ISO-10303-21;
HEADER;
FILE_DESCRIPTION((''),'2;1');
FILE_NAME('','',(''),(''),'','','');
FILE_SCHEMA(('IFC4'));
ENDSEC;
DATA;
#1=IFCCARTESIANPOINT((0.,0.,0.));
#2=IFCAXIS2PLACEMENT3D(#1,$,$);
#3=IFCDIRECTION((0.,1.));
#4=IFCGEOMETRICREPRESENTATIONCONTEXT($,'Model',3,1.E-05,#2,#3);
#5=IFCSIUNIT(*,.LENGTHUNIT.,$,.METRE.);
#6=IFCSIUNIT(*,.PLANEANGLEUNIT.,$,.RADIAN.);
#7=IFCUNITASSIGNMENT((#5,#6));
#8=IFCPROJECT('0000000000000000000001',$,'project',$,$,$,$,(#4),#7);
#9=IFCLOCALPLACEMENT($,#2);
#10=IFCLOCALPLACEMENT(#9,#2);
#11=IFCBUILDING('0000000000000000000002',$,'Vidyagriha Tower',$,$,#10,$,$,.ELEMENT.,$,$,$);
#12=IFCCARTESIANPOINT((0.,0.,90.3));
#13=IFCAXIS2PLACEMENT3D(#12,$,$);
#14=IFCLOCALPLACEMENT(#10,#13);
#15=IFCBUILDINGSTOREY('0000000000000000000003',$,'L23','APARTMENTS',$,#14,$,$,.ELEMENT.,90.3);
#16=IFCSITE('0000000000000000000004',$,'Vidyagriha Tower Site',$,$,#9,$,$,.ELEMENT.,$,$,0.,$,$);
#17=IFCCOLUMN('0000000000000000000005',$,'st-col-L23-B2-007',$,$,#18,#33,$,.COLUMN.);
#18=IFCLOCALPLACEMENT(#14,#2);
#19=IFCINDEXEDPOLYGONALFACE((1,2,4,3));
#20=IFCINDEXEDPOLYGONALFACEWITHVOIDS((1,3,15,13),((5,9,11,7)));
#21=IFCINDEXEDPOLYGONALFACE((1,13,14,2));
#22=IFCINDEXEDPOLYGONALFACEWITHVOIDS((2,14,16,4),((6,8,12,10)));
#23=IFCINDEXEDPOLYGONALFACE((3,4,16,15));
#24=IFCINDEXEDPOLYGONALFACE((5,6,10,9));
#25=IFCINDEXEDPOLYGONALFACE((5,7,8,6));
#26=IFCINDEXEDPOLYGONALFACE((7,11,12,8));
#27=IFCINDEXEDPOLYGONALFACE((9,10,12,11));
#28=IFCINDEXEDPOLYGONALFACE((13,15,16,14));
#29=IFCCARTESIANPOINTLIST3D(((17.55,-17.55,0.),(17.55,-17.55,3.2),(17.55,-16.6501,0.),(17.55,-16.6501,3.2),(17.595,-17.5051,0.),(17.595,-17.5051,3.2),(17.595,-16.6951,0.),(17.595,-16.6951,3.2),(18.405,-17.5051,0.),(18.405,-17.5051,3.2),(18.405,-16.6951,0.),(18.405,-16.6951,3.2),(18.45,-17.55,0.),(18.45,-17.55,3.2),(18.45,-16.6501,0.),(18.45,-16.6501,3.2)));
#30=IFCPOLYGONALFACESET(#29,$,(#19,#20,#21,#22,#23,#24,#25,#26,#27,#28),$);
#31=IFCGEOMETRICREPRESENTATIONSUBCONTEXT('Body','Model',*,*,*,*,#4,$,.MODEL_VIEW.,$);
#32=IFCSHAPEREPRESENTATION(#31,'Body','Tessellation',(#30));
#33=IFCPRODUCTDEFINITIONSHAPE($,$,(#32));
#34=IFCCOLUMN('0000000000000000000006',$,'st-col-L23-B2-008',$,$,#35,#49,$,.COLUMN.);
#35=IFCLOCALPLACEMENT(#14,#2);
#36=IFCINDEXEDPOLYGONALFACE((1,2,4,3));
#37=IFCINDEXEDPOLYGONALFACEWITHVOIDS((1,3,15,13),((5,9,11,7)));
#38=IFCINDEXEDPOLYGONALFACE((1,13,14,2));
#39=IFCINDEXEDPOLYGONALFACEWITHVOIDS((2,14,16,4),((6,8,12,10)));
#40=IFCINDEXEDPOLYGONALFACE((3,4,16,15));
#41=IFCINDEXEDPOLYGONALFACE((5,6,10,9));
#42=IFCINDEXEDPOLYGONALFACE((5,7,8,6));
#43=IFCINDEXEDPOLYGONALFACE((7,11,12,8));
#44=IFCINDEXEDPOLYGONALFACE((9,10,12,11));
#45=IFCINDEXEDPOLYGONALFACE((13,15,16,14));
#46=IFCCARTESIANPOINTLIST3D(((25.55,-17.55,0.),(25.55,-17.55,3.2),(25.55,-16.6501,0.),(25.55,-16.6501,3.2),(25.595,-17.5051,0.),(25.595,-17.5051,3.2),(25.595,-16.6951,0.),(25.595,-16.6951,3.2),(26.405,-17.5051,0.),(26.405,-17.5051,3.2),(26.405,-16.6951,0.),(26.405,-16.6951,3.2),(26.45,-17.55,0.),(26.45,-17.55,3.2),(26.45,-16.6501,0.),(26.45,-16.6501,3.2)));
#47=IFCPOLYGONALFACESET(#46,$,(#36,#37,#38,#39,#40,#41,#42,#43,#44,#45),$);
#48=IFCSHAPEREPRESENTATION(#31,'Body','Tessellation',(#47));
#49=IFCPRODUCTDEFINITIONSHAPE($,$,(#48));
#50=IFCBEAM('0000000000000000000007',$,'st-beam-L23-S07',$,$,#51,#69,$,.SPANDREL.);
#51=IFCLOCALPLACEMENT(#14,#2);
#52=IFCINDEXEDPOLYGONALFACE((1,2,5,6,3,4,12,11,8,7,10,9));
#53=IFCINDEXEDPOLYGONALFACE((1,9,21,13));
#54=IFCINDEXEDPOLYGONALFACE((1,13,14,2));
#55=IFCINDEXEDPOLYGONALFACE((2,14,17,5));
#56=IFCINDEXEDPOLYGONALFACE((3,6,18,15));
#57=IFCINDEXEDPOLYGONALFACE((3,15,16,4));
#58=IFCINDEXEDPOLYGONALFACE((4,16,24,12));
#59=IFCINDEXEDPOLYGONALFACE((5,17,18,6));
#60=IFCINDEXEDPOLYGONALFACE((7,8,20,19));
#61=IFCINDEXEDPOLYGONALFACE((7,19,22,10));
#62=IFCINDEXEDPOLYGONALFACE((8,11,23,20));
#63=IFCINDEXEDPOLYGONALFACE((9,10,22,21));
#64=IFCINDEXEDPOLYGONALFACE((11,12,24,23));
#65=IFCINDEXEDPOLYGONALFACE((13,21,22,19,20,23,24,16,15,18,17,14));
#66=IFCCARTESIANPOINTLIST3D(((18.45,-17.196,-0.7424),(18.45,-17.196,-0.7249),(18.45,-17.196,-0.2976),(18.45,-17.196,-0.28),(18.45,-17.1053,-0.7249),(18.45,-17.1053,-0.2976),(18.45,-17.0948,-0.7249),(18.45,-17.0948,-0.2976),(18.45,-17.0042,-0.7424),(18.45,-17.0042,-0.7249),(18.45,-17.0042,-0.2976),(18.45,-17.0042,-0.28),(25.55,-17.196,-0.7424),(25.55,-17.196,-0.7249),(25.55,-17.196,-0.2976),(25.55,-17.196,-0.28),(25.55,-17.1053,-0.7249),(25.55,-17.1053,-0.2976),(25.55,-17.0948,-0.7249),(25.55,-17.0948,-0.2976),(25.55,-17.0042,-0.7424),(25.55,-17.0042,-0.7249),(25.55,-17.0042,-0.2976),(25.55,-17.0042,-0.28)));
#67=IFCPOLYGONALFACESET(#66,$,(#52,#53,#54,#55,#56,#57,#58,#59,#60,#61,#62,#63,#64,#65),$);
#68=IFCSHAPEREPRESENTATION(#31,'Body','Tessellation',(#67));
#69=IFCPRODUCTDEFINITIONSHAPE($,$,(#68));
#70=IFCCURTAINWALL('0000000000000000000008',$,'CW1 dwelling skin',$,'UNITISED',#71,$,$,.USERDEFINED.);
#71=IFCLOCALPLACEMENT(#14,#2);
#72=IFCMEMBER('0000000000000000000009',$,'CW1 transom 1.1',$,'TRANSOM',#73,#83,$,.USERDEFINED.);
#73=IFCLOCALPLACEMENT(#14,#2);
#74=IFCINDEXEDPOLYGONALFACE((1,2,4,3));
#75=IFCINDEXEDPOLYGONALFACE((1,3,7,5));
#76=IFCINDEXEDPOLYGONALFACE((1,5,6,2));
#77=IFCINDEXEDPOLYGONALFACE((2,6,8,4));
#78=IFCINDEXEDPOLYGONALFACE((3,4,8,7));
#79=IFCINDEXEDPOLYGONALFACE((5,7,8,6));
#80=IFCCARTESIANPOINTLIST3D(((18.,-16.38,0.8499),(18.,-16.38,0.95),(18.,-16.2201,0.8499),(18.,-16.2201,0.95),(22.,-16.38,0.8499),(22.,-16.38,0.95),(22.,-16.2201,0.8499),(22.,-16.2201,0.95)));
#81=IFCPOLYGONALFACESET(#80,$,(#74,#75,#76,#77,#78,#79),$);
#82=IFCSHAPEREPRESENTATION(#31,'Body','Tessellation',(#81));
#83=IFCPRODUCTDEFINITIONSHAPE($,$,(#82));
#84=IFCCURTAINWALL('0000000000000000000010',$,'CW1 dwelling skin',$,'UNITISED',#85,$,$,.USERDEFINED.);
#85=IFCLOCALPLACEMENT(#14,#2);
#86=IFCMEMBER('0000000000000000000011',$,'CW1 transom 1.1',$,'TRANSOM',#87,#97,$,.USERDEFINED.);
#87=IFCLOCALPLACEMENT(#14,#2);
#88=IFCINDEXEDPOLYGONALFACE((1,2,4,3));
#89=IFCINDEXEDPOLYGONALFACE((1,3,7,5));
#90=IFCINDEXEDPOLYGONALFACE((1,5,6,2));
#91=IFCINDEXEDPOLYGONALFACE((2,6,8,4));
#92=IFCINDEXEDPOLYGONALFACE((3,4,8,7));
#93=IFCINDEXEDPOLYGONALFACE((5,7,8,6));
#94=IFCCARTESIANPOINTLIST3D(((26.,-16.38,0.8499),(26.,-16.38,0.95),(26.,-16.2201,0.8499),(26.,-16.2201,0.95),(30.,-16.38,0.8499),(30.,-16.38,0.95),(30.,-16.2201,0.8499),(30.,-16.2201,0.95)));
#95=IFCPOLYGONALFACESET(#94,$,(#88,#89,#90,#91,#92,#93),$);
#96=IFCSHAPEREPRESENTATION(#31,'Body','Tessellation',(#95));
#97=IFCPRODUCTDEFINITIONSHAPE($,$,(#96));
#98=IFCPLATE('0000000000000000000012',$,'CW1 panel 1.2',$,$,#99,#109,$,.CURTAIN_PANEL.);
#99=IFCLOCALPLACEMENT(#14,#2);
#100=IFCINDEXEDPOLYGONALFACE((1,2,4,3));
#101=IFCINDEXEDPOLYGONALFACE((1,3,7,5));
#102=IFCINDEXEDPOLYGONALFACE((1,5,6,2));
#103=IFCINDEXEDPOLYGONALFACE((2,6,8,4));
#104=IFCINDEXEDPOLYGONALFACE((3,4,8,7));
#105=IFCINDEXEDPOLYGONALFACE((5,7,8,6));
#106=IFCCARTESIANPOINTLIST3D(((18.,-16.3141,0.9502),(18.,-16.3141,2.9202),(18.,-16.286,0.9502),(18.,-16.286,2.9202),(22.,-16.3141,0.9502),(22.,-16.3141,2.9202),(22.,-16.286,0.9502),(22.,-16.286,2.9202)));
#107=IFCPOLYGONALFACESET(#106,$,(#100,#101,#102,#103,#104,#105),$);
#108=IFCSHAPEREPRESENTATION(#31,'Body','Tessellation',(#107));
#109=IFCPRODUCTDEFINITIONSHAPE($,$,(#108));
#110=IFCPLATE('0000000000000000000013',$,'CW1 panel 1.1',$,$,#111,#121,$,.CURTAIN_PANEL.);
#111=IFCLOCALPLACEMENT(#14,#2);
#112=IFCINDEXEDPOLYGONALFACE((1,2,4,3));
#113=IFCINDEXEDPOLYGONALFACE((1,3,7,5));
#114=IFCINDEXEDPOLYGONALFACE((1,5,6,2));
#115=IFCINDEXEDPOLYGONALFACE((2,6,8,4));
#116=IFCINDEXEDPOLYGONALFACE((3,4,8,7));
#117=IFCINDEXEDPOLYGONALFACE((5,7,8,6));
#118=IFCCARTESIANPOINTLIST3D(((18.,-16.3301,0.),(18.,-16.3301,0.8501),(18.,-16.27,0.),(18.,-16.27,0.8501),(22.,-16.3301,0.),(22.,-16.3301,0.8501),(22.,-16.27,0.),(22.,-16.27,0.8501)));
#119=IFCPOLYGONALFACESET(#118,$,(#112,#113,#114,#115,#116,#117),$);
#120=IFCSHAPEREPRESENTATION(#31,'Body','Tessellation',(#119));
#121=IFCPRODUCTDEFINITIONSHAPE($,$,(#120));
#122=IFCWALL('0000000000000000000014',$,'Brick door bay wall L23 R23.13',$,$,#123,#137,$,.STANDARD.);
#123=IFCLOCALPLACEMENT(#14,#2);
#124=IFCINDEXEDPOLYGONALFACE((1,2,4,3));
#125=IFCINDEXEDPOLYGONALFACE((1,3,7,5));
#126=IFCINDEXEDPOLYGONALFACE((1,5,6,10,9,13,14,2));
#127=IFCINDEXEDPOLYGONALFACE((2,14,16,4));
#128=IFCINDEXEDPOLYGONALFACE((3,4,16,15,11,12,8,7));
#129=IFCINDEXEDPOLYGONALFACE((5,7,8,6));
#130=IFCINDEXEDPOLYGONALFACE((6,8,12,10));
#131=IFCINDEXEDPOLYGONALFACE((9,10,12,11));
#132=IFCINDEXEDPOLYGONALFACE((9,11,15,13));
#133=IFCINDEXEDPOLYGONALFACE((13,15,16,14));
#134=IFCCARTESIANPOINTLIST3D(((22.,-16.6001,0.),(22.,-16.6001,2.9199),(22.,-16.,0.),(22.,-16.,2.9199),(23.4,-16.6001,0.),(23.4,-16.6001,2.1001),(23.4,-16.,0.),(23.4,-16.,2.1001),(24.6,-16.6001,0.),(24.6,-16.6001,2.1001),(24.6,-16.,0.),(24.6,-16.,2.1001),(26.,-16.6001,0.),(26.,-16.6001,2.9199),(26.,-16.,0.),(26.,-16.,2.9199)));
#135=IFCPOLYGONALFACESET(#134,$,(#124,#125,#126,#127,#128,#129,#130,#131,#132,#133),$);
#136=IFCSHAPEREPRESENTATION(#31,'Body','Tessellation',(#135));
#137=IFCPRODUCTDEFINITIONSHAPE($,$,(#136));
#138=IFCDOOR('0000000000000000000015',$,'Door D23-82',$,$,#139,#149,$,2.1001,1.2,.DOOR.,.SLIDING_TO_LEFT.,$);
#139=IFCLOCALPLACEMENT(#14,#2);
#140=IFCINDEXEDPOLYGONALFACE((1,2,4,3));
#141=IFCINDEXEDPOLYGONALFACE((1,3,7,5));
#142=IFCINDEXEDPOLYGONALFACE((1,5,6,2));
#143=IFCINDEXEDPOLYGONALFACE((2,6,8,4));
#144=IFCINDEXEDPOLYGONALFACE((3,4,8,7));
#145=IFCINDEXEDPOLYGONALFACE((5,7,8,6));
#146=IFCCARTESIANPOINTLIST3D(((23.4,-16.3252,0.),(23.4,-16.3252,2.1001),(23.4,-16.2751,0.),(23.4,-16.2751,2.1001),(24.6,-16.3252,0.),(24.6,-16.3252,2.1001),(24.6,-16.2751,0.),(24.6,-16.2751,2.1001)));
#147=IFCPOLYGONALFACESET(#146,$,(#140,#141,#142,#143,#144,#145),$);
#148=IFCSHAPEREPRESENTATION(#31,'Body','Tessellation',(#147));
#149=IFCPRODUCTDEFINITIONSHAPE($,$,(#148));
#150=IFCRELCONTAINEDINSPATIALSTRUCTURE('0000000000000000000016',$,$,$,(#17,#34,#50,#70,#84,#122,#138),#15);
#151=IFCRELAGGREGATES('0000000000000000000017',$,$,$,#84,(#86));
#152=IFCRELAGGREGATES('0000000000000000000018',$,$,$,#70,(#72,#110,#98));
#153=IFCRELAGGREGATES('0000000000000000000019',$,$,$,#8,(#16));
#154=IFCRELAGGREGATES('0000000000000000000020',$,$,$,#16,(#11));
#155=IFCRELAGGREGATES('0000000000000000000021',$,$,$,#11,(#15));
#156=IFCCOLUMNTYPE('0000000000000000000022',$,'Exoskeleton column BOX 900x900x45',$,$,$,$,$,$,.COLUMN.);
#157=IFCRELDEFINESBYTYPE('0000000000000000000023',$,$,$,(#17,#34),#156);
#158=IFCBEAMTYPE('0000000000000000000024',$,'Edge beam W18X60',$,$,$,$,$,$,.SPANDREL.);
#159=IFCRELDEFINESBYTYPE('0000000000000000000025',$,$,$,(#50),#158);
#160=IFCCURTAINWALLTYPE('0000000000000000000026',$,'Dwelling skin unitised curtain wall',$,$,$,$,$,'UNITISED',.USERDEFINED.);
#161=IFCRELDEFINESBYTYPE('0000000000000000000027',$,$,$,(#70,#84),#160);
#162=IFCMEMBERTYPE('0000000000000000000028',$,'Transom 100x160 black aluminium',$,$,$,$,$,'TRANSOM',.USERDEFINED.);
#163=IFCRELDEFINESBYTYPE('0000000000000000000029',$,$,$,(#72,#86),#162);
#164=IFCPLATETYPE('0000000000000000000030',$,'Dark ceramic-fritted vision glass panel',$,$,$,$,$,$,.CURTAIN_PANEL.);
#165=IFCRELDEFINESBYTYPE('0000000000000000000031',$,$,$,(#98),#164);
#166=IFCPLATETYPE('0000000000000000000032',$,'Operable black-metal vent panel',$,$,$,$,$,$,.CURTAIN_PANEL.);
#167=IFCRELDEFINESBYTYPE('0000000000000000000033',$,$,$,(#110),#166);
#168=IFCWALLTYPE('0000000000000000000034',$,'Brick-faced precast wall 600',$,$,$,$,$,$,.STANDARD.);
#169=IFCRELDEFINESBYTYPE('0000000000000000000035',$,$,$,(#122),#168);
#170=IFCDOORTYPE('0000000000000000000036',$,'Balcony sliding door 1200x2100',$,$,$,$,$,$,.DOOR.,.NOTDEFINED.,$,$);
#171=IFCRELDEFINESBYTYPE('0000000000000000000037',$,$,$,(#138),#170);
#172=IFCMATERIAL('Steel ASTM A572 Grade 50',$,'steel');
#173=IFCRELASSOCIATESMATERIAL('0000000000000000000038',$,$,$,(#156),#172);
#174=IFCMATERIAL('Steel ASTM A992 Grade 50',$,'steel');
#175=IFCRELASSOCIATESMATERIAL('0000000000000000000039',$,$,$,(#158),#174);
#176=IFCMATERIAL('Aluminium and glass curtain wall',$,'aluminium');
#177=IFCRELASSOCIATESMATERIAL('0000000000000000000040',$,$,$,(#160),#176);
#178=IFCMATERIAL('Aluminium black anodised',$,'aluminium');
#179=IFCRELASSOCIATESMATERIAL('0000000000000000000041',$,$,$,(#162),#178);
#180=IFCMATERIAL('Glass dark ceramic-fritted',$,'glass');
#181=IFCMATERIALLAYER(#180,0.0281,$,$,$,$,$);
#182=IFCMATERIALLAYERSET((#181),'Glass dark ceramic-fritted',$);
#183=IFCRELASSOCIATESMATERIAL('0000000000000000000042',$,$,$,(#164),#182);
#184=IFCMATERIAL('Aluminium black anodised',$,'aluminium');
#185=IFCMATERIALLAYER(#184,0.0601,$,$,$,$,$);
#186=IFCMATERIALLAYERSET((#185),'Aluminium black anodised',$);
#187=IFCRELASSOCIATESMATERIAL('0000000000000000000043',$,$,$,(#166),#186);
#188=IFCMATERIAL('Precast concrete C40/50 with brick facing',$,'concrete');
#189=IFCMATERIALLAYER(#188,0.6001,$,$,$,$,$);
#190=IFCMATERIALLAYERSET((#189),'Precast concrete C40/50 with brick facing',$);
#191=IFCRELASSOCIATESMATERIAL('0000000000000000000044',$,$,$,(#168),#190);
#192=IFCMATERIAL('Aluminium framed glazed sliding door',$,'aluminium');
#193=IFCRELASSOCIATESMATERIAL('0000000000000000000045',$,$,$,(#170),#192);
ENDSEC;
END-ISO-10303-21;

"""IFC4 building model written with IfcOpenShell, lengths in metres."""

from ifc_helpers import new_model, si_unit, direction, frame, frame_2d, origin, origin_2d, place, context, subcontext, project, spatial, rectangle, hollow_rectangle, i_section, extrude, material, layer, layer_set, material_profile, profile_set, type_object, element, fill, aggregate, save


model = new_model("IFC4")

# Units and contexts
model_context = context("Model", 3, precision=1e-05, world=origin(), true_north=direction((0.0, 1.0)))
body_context = subcontext(model_context, "Body", "Model", "MODEL_VIEW")
ifc_project = project(units=[si_unit("LENGTHUNIT", "METRE"), si_unit("PLANEANGLEUNIT", "RADIAN")], contexts=[model_context])

# Site, building, storey
site_placement = place(None, origin())
site = spatial("IfcSite", under=ifc_project, at=site_placement, Name="Vidyagriha Tower Site", CompositionType="ELEMENT", RefElevation=0.0)
building_placement = place(site_placement, origin())
building = spatial("IfcBuilding", under=site, at=building_placement, Name="Vidyagriha Tower", CompositionType="ELEMENT")
storey_placement = place(building_placement, frame((0.0, 0.0, 90.3)))
storey = spatial("IfcBuildingStorey", under=building, at=storey_placement, Name="L23", Description="APARTMENTS", CompositionType="ELEMENT", Elevation=90.3)

# Columns
ifc_material_1 = material(Name="Steel ASTM A572 Grade 50", Category="steel")
ifc_material_profile_1 = material_profile(ifc_material_1, hollow_rectangle(XDim=0.8999, YDim=0.8999, WallThickness=0.0449, at=origin_2d()), Name="BOX 900x900x45")
ifc_profile_set_1 = profile_set([ifc_material_profile_1], Name="Steel ASTM A572 Grade 50")
column_type = type_object("IfcColumnType", Name="Exoskeleton column BOX 900x900x45", PredefinedType="COLUMN", material=ifc_profile_set_1)
for number, where, name in (
    (1, (18.0, -17.1001, 0.0), "st-col-L23-B2-007"),
    (2, (26.0, -17.1001, 0.0), "st-col-L23-B2-008"),
):
    element("IfcColumn", number, at=place(storey_placement, frame(where)), inside=storey, type_object=column_type, Name=name, PredefinedType="COLUMN", context=body_context, shape_type="SweptSolid", body=[
        extrude(hollow_rectangle(XDim=0.8999, YDim=0.8999, WallThickness=0.0449, at=origin_2d()), origin(), (0.0, 0.0, 1.0), 3.2),
    ])

# Beam
ifc_material_2 = material(Name="Steel ASTM A992 Grade 50", Category="steel")
ifc_material_profile_2 = material_profile(ifc_material_2, i_section(OverallWidth=0.1919, OverallDepth=0.4624, WebThickness=0.0105, FlangeThickness=0.0176, at=origin_2d()), Name="W18X60")
ifc_profile_set_2 = profile_set([ifc_material_profile_2], Name="Steel ASTM A992 Grade 50")
beam_type = type_object("IfcBeamType", Name="Edge beam W18X60", PredefinedType="SPANDREL", material=ifc_profile_set_2)
beam_placement = place(storey_placement, frame((18.45, -17.1001, -0.5112), z_axis=(1.0, 0.0, 0.0), x_axis=(0.0, 1.0, 0.0)))
element("IfcBeam", 3, at=beam_placement, inside=storey, type_object=beam_type, Name="st-beam-L23-S07", PredefinedType="SPANDREL", context=body_context, shape_type="SweptSolid", body=[
    extrude(i_section(OverallWidth=0.1919, OverallDepth=0.4624, WebThickness=0.0105, FlangeThickness=0.0176, at=origin_2d()), origin(), (0.0, 0.0, 1.0), 7.1001),
])

# Curtain walls, members
ifc_material_3 = material(Name="Aluminium and glass curtain wall", Category="aluminium")
curtain_wall_type = type_object("IfcCurtainWallType", Name="Dwelling skin unitised curtain wall", ElementType="UNITISED", PredefinedType="USERDEFINED", material=ifc_material_3)
curtain_wall_1_placement = place(storey_placement, origin())
curtain_wall_1 = element("IfcCurtainWall", 4, at=curtain_wall_1_placement, inside=storey, type_object=curtain_wall_type, Name="CW1 dwelling skin", ObjectType="UNITISED", PredefinedType="USERDEFINED")
ifc_material_4 = material(Name="Aluminium black anodised", Category="aluminium")
ifc_material_profile_3 = material_profile(ifc_material_4, rectangle(XDim=0.1599, YDim=0.1001, at=origin_2d()), Name="Transom 100x160 black aluminium")
ifc_profile_set_3 = profile_set([ifc_material_profile_3], Name="Aluminium black anodised")
member_type = type_object("IfcMemberType", Name="Transom 100x160 black aluminium", ElementType="TRANSOM", PredefinedType="USERDEFINED", material=ifc_profile_set_3)
member_1_placement = place(storey_placement, frame((18.0, -16.3, 0.8999), z_axis=(1.0, 0.0, 0.0), x_axis=(0.0, 1.0, 0.0)))
member_1 = element("IfcMember", 5, at=member_1_placement, type_object=member_type, Name="CW1 transom 1.1", ObjectType="TRANSOM", PredefinedType="USERDEFINED", context=body_context, shape_type="SweptSolid", body=[
    extrude(rectangle(XDim=0.1599, YDim=0.1001, at=origin_2d()), origin(), (0.0, 0.0, 1.0), 4.0),
])
curtain_wall_2_placement = place(storey_placement, origin())
curtain_wall_2 = element("IfcCurtainWall", 6, at=curtain_wall_2_placement, inside=storey, type_object=curtain_wall_type, Name="CW1 dwelling skin", ObjectType="UNITISED", PredefinedType="USERDEFINED")
member_2_placement = place(storey_placement, frame((26.0, -16.3, 0.8999), z_axis=(1.0, 0.0, 0.0), x_axis=(0.0, 1.0, 0.0)))
member_2 = element("IfcMember", 7, at=member_2_placement, type_object=member_type, Name="CW1 transom 1.1", ObjectType="TRANSOM", PredefinedType="USERDEFINED", context=body_context, shape_type="SweptSolid", body=[
    extrude(rectangle(XDim=0.1599, YDim=0.1001, at=origin_2d()), origin(), (0.0, 0.0, 1.0), 4.0),
])
aggregate(curtain_wall_2, [member_2])

# Plates
ifc_material_5 = material(Name="Glass dark ceramic-fritted", Category="glass")
ifc_layer_1 = layer(ifc_material_5, 0.0281)
ifc_layer_set_1 = layer_set([ifc_layer_1], Name="Glass dark ceramic-fritted")
plate_type_1 = type_object("IfcPlateType", Name="Dark ceramic-fritted vision glass panel", PredefinedType="CURTAIN_PANEL", material=ifc_layer_set_1)
plate_1_placement = place(storey_placement, frame((20.0, -16.3, 0.9502)))
plate_1 = element("IfcPlate", 8, at=plate_1_placement, type_object=plate_type_1, Name="CW1 panel 1.2", PredefinedType="CURTAIN_PANEL", context=body_context, shape_type="SweptSolid", body=[
    extrude(rectangle(XDim=4.0, YDim=0.0281, at=origin_2d()), origin(), (0.0, 0.0, 1.0), 1.97),
])
ifc_material_6 = material(Name="Aluminium black anodised", Category="aluminium")
ifc_layer_2 = layer(ifc_material_6, 0.0601)
ifc_layer_set_2 = layer_set([ifc_layer_2], Name="Aluminium black anodised")
plate_type_2 = type_object("IfcPlateType", Name="Operable black-metal vent panel", PredefinedType="CURTAIN_PANEL", material=ifc_layer_set_2)
plate_2_placement = place(storey_placement, frame((20.0, -16.3, 0.0)))
plate_2 = element("IfcPlate", 9, at=plate_2_placement, type_object=plate_type_2, Name="CW1 panel 1.1", PredefinedType="CURTAIN_PANEL", context=body_context, shape_type="SweptSolid", body=[
    extrude(rectangle(XDim=4.0, YDim=0.0601, at=origin_2d()), origin(), (0.0, 0.0, 1.0), 0.8501),
])
aggregate(curtain_wall_1, [member_1, plate_2, plate_1])

# Wall, opening, door
ifc_material_7 = material(Name="Precast concrete C40/50 with brick facing", Category="concrete")
ifc_layer_3 = layer(ifc_material_7, 0.6001)
ifc_layer_set_3 = layer_set([ifc_layer_3], Name="Precast concrete C40/50 with brick facing")
wall_type_1 = type_object("IfcWallType", Name="Brick-faced precast wall 600", PredefinedType="STANDARD", material=ifc_layer_set_3)
wall_1_placement = place(storey_placement, frame((22.0, -16.3, 0.0)))
wall_1 = element("IfcWall", 10, at=wall_1_placement, inside=storey, type_object=wall_type_1, Name="Brick door bay wall L23 R23.13", PredefinedType="STANDARD", context=body_context, shape_type="SweptSolid", body=[
    extrude(rectangle(XDim=4.0, YDim=0.6001, at=frame_2d((2.0, 0.0))), origin(), (0.0, 0.0, 1.0), 2.9199),
])
opening_1_placement = place(wall_1_placement, frame((1.3999, 0.0, 0.0)))
opening_1 = element("IfcOpeningElement", 11, at=opening_1_placement, cuts=wall_1, PredefinedType="OPENING", context=body_context, shape_type="SweptSolid", body=[
    extrude(rectangle(XDim=1.2, YDim=2.1001, at=frame_2d((0.6001, 1.05))), frame((0.0, 0.3101, 0.0), z_axis=(0.0, -1.0, 0.0), x_axis=(1.0, 0.0, 0.0)), (0.0, 0.0, 1.0), 0.6201),
])
ifc_material_8 = material(Name="Aluminium framed glazed sliding door", Category="aluminium")
door_type_1 = type_object("IfcDoorType", Name="Balcony sliding door 1200x2100", OperationType="NOTDEFINED", PredefinedType="DOOR", material=ifc_material_8)
door_1_placement = place(opening_1_placement, origin())
door_1 = element("IfcDoor", 12, at=door_1_placement, inside=storey, type_object=door_type_1, Name="Door D23-82", OperationType="SLIDING_TO_LEFT", OverallHeight=2.1001, OverallWidth=1.2, PredefinedType="DOOR", context=body_context, shape_type="SweptSolid", body=[
    extrude(rectangle(XDim=1.2, YDim=2.1001, at=frame_2d((0.6001, 1.05))), frame((0.0, 0.0249, 0.0), z_axis=(0.0, -1.0, 0.0), x_axis=(1.0, 0.0, 0.0)), (0.0, 0.0, 1.0), 0.05),
])
fill(opening_1, door_1)

save(model, "model.ifc")
